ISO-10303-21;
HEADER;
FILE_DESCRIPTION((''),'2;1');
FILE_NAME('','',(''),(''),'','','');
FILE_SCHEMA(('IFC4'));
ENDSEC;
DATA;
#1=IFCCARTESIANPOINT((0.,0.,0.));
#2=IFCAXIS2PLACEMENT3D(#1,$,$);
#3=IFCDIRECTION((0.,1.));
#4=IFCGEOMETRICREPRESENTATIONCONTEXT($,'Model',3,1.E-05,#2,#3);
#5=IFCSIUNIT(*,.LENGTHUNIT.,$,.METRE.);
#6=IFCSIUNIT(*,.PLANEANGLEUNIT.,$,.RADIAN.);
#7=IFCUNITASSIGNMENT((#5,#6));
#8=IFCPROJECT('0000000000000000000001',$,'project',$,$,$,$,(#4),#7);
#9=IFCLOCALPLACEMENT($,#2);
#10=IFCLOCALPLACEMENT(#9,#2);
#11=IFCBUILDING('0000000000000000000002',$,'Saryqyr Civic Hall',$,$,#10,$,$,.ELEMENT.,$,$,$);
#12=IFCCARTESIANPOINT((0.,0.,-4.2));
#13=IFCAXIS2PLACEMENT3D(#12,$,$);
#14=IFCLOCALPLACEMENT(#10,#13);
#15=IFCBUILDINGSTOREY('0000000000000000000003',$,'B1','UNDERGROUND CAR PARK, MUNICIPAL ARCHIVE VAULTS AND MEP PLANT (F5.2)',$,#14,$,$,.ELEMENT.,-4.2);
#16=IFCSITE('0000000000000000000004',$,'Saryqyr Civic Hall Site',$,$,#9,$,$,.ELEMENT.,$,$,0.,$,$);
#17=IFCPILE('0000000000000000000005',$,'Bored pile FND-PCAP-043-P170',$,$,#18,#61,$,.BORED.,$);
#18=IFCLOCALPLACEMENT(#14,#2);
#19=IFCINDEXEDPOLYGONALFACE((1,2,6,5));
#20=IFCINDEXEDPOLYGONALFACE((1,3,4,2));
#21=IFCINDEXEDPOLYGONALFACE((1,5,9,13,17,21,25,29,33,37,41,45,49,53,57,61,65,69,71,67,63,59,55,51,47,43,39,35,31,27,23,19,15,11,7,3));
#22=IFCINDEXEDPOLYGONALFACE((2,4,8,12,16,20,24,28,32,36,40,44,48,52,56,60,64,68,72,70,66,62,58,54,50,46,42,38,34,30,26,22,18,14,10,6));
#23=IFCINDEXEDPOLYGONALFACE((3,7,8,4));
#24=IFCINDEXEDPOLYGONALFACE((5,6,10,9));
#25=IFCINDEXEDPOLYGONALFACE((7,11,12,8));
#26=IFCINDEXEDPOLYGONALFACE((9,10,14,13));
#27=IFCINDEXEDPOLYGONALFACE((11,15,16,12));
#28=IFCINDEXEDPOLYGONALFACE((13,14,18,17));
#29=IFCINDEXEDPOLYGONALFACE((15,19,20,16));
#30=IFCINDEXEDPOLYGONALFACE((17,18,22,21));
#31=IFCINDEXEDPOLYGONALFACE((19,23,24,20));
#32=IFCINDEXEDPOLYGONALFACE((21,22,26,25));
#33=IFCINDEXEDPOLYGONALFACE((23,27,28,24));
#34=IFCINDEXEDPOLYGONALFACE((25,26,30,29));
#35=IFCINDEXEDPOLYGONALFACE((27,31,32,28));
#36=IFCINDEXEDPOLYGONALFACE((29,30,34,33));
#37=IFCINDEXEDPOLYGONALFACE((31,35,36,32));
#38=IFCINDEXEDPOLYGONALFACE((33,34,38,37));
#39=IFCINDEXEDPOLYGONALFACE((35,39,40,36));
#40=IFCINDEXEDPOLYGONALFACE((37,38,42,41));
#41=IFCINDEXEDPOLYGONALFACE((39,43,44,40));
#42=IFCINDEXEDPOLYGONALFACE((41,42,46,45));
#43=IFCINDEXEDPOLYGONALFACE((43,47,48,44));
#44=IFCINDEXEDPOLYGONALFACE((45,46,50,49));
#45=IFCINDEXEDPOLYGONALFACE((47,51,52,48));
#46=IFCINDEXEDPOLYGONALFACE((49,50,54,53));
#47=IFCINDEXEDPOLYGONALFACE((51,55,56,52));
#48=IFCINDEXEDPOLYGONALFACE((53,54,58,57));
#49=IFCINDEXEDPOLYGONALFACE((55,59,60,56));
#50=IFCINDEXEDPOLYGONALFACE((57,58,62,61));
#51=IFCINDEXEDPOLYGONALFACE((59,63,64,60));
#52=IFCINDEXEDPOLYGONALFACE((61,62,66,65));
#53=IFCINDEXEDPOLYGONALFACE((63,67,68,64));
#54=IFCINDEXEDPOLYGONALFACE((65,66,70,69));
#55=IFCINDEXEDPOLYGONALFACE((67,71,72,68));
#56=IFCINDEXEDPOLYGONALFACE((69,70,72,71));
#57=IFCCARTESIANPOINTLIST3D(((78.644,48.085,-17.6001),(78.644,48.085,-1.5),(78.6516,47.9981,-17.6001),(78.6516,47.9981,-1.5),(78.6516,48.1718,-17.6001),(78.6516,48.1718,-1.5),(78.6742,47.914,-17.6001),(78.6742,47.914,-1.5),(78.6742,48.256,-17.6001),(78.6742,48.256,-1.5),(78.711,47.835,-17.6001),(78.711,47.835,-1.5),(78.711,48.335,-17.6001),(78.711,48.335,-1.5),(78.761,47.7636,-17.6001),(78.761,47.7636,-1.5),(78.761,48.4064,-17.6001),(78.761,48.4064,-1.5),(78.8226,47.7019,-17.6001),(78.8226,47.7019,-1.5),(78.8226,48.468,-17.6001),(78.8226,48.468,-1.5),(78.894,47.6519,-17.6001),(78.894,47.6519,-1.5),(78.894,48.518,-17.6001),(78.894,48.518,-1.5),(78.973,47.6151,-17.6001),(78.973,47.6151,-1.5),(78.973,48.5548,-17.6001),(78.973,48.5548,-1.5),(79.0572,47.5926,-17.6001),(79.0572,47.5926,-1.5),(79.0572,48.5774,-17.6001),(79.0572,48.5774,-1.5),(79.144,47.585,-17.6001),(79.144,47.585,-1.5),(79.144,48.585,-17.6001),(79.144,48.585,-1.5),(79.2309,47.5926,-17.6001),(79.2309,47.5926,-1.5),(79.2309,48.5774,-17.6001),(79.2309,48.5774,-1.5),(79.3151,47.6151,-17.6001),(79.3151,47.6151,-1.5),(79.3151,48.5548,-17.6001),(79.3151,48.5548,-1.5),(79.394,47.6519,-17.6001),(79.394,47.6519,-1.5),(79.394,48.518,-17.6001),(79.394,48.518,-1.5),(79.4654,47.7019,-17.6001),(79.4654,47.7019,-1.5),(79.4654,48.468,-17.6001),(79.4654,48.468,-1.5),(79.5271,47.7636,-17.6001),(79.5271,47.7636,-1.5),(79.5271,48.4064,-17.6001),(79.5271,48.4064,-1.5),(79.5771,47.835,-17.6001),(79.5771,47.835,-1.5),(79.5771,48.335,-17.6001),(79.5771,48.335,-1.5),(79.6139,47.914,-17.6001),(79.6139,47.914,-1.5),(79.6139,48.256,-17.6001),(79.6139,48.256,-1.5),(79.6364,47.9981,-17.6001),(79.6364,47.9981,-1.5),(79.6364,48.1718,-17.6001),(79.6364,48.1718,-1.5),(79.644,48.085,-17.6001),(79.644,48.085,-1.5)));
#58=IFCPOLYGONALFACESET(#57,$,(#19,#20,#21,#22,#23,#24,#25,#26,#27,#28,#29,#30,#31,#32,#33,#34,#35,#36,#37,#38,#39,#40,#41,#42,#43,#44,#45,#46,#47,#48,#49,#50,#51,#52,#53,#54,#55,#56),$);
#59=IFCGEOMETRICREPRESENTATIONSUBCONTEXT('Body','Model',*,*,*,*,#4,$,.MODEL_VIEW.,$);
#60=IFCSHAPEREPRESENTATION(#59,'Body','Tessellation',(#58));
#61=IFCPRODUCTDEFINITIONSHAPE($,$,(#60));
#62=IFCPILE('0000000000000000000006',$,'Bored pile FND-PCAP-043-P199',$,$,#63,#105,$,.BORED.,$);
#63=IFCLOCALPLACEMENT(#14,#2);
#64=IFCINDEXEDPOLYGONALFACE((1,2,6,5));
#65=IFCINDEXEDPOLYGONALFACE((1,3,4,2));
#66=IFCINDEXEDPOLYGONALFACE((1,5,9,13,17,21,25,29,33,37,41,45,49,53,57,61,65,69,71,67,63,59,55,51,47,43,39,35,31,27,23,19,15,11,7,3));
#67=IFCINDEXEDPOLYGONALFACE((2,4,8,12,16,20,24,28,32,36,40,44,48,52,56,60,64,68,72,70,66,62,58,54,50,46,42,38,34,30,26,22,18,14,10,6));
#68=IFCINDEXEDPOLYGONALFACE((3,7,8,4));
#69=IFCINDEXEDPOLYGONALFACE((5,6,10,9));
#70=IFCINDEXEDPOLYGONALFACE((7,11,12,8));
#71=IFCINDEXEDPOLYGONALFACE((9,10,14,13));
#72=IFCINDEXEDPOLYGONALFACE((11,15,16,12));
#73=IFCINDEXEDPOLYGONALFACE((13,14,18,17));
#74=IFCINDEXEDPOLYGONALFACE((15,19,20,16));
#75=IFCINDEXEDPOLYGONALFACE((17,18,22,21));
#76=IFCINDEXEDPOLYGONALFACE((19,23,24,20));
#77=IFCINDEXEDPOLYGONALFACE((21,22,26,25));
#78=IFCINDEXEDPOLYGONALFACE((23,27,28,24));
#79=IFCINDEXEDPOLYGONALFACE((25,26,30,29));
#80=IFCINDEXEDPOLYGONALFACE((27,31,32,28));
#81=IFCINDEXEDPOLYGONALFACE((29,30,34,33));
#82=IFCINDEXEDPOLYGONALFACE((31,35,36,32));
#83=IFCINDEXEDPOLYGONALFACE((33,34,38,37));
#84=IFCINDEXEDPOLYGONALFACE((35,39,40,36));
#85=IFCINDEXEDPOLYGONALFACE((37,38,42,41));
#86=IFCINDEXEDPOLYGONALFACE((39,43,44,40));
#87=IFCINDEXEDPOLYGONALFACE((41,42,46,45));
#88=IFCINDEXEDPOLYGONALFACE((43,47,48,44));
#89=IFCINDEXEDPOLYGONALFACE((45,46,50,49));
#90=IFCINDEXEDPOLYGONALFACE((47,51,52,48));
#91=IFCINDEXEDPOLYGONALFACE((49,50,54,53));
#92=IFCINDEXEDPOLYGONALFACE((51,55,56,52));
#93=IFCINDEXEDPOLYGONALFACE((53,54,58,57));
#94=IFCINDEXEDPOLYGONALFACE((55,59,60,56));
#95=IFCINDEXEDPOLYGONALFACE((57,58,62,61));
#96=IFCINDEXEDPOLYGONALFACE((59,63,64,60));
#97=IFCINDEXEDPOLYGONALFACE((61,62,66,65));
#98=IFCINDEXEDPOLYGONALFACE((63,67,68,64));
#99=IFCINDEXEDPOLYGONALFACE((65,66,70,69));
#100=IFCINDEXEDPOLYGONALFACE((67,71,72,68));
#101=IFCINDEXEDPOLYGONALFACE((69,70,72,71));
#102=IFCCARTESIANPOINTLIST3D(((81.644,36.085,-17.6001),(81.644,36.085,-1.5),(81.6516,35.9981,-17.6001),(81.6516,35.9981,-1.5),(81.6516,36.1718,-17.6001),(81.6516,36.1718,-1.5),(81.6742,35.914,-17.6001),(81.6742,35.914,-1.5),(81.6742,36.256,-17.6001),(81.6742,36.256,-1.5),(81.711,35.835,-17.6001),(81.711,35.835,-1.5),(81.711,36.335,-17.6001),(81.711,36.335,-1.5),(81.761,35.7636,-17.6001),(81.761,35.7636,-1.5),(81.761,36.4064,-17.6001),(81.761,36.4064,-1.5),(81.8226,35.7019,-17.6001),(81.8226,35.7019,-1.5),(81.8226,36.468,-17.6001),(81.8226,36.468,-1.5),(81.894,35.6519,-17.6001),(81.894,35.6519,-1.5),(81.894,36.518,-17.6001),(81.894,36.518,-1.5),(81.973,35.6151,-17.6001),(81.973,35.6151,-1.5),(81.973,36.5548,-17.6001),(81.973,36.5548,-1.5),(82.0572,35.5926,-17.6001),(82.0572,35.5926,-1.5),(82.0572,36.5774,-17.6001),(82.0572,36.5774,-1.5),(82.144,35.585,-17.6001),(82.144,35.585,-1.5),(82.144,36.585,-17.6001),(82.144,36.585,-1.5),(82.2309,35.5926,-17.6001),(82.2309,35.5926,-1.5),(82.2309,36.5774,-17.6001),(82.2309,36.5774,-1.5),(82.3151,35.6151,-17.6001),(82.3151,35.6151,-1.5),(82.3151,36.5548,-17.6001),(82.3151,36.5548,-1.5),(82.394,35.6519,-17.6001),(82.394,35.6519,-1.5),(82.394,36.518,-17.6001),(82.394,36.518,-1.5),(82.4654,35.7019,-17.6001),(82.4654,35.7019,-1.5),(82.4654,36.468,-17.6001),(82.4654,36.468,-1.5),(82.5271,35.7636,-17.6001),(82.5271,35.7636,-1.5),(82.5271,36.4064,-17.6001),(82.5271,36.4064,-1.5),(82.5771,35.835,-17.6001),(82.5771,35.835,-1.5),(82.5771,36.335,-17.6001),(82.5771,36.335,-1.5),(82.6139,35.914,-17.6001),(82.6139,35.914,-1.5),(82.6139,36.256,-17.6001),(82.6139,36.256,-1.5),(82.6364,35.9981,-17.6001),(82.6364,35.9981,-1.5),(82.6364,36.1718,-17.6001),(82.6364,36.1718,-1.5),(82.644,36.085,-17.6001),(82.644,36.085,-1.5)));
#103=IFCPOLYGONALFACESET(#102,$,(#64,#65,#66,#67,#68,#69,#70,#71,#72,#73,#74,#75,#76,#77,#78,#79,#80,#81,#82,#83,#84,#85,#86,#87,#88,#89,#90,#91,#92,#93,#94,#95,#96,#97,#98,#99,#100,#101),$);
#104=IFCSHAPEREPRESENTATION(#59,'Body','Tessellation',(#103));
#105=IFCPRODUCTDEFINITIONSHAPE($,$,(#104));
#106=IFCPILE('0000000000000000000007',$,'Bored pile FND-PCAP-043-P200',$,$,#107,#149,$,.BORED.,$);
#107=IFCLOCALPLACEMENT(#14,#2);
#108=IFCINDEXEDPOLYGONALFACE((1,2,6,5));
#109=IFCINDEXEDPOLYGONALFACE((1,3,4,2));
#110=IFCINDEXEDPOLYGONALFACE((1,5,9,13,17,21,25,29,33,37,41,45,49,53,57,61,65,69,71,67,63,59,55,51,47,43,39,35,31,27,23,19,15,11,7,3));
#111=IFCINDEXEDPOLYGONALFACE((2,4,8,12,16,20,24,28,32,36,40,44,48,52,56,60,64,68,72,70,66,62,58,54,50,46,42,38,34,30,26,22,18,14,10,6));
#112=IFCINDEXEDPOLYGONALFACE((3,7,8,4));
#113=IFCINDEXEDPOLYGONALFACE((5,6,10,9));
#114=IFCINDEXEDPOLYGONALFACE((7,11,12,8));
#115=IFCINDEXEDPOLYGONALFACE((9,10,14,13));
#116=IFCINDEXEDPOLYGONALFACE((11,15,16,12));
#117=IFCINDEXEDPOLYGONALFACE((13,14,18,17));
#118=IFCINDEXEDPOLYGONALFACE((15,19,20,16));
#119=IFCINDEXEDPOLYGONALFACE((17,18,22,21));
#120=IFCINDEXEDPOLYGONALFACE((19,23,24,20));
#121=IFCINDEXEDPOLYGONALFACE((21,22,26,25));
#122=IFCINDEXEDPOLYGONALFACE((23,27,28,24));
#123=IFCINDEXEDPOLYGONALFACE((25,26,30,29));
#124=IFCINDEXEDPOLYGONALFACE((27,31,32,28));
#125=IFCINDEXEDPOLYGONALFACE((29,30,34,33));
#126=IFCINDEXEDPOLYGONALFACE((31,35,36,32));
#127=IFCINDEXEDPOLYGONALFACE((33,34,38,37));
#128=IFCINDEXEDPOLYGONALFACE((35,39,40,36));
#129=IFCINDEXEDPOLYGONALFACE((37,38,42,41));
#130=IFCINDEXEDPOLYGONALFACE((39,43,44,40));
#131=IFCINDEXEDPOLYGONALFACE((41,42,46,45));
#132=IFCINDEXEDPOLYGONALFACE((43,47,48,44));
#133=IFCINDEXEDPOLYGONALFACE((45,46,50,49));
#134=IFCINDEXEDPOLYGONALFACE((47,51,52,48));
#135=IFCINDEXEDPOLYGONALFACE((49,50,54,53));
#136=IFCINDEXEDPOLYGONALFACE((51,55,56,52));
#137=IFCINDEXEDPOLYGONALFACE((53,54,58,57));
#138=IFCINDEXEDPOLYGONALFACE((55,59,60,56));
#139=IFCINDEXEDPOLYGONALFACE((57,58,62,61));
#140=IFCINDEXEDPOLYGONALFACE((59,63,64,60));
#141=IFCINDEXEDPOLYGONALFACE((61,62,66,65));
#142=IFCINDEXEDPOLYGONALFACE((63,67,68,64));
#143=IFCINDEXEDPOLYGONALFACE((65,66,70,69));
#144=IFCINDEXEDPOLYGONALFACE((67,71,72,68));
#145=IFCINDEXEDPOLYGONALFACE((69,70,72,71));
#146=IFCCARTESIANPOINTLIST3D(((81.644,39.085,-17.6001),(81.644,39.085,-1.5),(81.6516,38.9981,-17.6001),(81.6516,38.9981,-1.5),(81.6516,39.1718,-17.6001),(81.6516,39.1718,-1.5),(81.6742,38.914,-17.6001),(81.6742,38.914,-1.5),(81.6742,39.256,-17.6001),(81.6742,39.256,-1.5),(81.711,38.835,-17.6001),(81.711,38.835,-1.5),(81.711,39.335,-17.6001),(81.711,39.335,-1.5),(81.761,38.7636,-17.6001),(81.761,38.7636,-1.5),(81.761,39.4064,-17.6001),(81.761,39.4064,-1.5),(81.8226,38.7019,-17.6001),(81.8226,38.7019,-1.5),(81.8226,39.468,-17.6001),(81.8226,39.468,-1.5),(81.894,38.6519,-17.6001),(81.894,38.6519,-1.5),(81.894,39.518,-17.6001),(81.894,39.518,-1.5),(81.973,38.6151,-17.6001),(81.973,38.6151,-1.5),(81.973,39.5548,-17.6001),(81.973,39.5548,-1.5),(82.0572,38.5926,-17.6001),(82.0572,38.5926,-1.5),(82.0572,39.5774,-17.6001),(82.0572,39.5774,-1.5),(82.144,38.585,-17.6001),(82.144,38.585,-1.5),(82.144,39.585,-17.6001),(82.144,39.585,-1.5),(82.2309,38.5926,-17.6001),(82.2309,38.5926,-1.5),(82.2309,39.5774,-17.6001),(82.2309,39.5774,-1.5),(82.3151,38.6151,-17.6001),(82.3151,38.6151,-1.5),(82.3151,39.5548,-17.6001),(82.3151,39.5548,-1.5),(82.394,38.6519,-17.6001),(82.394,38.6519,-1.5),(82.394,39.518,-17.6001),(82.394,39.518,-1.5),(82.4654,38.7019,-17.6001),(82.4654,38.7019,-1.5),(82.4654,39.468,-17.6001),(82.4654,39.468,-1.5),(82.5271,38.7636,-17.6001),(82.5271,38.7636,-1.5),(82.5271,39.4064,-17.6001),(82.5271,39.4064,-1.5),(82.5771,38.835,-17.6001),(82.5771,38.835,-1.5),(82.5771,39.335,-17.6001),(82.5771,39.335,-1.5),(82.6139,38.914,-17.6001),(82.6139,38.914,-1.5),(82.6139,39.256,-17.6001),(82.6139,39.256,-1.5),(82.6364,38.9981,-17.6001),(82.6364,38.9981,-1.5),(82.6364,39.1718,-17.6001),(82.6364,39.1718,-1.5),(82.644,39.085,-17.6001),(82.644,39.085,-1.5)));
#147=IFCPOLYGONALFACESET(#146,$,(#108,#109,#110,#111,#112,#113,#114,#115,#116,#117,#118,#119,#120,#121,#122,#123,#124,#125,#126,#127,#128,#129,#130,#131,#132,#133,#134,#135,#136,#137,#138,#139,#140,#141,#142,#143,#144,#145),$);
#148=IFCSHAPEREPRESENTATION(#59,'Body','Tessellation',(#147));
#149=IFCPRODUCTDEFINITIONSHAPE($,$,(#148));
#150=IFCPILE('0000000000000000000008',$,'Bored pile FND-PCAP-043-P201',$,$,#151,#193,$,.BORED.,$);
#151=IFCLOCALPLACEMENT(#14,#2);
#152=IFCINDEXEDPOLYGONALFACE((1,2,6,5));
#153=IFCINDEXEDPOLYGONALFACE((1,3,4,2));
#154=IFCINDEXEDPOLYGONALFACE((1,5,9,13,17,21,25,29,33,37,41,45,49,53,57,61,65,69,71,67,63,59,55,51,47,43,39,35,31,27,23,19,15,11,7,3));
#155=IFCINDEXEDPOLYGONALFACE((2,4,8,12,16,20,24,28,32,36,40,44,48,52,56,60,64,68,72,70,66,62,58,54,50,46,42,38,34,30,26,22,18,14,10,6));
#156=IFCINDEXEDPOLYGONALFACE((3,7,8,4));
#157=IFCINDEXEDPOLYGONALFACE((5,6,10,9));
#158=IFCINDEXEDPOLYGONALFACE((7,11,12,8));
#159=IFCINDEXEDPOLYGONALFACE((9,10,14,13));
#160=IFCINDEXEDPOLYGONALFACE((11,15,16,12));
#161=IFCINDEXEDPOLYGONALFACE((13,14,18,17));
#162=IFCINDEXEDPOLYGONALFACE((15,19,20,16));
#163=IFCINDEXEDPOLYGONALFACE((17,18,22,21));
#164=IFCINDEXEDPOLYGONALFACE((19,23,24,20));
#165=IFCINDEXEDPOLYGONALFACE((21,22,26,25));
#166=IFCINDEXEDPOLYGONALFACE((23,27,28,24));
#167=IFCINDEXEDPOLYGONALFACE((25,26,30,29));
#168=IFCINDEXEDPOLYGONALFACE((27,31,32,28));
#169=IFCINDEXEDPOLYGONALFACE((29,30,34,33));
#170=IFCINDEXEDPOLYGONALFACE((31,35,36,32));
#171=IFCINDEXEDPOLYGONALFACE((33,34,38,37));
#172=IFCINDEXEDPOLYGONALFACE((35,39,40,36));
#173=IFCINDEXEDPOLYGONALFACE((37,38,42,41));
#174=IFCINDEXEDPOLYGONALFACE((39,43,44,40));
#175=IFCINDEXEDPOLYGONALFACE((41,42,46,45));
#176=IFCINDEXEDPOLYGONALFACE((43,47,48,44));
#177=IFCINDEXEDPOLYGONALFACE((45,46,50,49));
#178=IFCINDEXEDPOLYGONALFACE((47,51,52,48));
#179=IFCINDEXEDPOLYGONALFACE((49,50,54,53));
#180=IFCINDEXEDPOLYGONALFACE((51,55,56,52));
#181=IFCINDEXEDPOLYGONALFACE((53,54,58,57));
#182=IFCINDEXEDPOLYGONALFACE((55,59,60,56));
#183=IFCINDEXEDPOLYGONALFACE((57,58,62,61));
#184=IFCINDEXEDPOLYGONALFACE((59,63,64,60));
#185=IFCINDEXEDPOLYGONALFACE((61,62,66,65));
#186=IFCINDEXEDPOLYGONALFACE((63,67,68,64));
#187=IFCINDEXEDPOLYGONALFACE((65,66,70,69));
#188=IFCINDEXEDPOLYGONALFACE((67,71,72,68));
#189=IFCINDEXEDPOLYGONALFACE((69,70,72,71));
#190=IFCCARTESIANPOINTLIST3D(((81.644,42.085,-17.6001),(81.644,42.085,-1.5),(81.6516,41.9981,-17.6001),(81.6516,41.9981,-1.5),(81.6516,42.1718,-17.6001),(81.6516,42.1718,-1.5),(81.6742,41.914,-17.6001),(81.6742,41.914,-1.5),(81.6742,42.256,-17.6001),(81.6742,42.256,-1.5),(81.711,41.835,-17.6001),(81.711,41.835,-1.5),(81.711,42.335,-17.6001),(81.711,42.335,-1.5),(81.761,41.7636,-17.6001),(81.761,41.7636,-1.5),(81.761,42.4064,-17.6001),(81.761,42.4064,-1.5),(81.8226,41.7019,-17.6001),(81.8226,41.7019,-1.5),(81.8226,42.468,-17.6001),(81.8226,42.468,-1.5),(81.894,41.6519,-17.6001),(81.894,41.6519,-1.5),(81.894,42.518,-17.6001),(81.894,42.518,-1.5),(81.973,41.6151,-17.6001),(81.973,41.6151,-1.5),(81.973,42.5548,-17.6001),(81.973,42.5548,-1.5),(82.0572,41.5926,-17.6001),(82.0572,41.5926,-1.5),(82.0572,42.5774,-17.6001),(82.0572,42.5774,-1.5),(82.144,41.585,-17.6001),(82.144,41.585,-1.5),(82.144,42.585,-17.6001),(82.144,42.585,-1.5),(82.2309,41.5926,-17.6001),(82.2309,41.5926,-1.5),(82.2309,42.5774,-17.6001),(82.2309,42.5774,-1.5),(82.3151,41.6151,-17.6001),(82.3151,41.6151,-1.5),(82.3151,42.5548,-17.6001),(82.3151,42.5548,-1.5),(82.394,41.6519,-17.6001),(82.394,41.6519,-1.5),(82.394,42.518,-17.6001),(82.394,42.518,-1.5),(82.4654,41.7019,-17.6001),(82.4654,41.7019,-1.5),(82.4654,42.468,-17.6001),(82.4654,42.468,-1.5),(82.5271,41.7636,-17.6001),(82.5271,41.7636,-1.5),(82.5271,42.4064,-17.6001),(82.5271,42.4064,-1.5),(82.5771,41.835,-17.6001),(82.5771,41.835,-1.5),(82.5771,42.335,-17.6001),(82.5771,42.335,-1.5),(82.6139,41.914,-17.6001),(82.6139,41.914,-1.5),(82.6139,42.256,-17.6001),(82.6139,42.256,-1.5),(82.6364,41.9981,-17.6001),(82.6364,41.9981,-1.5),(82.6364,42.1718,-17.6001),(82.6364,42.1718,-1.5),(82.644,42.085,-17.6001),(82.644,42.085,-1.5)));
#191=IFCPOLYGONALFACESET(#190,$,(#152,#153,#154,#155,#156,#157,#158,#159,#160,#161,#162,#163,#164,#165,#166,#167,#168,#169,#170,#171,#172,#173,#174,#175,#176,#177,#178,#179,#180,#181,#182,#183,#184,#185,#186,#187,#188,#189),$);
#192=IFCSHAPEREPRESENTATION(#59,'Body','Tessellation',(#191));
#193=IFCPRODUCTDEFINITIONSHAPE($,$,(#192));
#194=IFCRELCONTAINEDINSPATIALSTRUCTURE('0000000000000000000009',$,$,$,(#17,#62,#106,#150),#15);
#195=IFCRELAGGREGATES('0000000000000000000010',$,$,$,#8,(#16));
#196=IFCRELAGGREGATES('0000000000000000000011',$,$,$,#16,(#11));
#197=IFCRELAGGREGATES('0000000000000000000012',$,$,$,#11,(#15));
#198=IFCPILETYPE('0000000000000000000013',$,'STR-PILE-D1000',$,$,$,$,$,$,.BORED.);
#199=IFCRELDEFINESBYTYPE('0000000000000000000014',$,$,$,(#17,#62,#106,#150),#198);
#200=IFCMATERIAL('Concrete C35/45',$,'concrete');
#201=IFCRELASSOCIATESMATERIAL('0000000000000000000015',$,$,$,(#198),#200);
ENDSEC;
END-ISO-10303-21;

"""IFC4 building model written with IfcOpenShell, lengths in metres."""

from ifc_helpers import new_model, si_unit, direction, frame, origin, origin_2d, place, context, subcontext, project, spatial, circle, extrude, material, material_profile, profile_set, type_object, element, save


model = new_model("IFC4")

# Units and contexts
model_context = context("Model", 3, precision=1e-05, world=origin(), true_north=direction((0.0, 1.0)))
body_context = subcontext(model_context, "Body", "Model", "MODEL_VIEW")
ifc_project = project(units=[si_unit("LENGTHUNIT", "METRE"), si_unit("PLANEANGLEUNIT", "RADIAN")], contexts=[model_context])

# Site, building, storey
site_placement = place(None, origin())
site = spatial("IfcSite", under=ifc_project, at=site_placement, Name="Saryqyr Civic Hall Site", CompositionType="ELEMENT", RefElevation=0.0)
building_placement = place(site_placement, origin())
building = spatial("IfcBuilding", under=site, at=building_placement, Name="Saryqyr Civic Hall", CompositionType="ELEMENT")
storey_placement = place(building_placement, frame((0.0, 0.0, -4.2)))
storey = spatial("IfcBuildingStorey", under=building, at=storey_placement, Name="B1", Description="UNDERGROUND CAR PARK, MUNICIPAL ARCHIVE VAULTS AND MEP PLANT (F5.2)", CompositionType="ELEMENT", Elevation=-4.2)

# Piles
ifc_material_1 = material(Name="Concrete C35/45", Category="concrete")
ifc_material_profile_1 = material_profile(ifc_material_1, circle(Radius=0.5, at=origin_2d()), Name="BORED PILE D1000")
ifc_profile_set_1 = profile_set([ifc_material_profile_1], Name="Concrete C35/45")
pile_type = type_object("IfcPileType", Name="STR-PILE-D1000", PredefinedType="BORED", material=ifc_profile_set_1)
for number, where, z_axis, x_axis, name in (
    (1, (79.144, 48.085, -1.5), (0.0, 0.0, -1.0), (1.0, 0.0, 0.0), "Bored pile FND-PCAP-043-P170"),
    (2, (82.144, 36.085, -1.5), (0.0, 0.0, -1.0), (1.0, 0.0, 0.0), "Bored pile FND-PCAP-043-P199"),
    (3, (82.144, 39.085, -1.5), (0.0, 0.0, -1.0), (1.0, 0.0, 0.0), "Bored pile FND-PCAP-043-P200"),
    (4, (82.144, 42.085, -1.5), (0.0, 0.0, -1.0), (1.0, 0.0, 0.0), "Bored pile FND-PCAP-043-P201"),
):
    element("IfcPile", number, at=place(storey_placement, frame(where, z_axis=z_axis, x_axis=x_axis)), inside=storey, type_object=pile_type, Name=name, PredefinedType="BORED", context=body_context, shape_type="SweptSolid", body=[
        extrude(circle(Radius=0.5, at=origin_2d()), origin(), (0.0, 0.0, 1.0), 16.1001),
    ])

save(model, "model.ifc")
